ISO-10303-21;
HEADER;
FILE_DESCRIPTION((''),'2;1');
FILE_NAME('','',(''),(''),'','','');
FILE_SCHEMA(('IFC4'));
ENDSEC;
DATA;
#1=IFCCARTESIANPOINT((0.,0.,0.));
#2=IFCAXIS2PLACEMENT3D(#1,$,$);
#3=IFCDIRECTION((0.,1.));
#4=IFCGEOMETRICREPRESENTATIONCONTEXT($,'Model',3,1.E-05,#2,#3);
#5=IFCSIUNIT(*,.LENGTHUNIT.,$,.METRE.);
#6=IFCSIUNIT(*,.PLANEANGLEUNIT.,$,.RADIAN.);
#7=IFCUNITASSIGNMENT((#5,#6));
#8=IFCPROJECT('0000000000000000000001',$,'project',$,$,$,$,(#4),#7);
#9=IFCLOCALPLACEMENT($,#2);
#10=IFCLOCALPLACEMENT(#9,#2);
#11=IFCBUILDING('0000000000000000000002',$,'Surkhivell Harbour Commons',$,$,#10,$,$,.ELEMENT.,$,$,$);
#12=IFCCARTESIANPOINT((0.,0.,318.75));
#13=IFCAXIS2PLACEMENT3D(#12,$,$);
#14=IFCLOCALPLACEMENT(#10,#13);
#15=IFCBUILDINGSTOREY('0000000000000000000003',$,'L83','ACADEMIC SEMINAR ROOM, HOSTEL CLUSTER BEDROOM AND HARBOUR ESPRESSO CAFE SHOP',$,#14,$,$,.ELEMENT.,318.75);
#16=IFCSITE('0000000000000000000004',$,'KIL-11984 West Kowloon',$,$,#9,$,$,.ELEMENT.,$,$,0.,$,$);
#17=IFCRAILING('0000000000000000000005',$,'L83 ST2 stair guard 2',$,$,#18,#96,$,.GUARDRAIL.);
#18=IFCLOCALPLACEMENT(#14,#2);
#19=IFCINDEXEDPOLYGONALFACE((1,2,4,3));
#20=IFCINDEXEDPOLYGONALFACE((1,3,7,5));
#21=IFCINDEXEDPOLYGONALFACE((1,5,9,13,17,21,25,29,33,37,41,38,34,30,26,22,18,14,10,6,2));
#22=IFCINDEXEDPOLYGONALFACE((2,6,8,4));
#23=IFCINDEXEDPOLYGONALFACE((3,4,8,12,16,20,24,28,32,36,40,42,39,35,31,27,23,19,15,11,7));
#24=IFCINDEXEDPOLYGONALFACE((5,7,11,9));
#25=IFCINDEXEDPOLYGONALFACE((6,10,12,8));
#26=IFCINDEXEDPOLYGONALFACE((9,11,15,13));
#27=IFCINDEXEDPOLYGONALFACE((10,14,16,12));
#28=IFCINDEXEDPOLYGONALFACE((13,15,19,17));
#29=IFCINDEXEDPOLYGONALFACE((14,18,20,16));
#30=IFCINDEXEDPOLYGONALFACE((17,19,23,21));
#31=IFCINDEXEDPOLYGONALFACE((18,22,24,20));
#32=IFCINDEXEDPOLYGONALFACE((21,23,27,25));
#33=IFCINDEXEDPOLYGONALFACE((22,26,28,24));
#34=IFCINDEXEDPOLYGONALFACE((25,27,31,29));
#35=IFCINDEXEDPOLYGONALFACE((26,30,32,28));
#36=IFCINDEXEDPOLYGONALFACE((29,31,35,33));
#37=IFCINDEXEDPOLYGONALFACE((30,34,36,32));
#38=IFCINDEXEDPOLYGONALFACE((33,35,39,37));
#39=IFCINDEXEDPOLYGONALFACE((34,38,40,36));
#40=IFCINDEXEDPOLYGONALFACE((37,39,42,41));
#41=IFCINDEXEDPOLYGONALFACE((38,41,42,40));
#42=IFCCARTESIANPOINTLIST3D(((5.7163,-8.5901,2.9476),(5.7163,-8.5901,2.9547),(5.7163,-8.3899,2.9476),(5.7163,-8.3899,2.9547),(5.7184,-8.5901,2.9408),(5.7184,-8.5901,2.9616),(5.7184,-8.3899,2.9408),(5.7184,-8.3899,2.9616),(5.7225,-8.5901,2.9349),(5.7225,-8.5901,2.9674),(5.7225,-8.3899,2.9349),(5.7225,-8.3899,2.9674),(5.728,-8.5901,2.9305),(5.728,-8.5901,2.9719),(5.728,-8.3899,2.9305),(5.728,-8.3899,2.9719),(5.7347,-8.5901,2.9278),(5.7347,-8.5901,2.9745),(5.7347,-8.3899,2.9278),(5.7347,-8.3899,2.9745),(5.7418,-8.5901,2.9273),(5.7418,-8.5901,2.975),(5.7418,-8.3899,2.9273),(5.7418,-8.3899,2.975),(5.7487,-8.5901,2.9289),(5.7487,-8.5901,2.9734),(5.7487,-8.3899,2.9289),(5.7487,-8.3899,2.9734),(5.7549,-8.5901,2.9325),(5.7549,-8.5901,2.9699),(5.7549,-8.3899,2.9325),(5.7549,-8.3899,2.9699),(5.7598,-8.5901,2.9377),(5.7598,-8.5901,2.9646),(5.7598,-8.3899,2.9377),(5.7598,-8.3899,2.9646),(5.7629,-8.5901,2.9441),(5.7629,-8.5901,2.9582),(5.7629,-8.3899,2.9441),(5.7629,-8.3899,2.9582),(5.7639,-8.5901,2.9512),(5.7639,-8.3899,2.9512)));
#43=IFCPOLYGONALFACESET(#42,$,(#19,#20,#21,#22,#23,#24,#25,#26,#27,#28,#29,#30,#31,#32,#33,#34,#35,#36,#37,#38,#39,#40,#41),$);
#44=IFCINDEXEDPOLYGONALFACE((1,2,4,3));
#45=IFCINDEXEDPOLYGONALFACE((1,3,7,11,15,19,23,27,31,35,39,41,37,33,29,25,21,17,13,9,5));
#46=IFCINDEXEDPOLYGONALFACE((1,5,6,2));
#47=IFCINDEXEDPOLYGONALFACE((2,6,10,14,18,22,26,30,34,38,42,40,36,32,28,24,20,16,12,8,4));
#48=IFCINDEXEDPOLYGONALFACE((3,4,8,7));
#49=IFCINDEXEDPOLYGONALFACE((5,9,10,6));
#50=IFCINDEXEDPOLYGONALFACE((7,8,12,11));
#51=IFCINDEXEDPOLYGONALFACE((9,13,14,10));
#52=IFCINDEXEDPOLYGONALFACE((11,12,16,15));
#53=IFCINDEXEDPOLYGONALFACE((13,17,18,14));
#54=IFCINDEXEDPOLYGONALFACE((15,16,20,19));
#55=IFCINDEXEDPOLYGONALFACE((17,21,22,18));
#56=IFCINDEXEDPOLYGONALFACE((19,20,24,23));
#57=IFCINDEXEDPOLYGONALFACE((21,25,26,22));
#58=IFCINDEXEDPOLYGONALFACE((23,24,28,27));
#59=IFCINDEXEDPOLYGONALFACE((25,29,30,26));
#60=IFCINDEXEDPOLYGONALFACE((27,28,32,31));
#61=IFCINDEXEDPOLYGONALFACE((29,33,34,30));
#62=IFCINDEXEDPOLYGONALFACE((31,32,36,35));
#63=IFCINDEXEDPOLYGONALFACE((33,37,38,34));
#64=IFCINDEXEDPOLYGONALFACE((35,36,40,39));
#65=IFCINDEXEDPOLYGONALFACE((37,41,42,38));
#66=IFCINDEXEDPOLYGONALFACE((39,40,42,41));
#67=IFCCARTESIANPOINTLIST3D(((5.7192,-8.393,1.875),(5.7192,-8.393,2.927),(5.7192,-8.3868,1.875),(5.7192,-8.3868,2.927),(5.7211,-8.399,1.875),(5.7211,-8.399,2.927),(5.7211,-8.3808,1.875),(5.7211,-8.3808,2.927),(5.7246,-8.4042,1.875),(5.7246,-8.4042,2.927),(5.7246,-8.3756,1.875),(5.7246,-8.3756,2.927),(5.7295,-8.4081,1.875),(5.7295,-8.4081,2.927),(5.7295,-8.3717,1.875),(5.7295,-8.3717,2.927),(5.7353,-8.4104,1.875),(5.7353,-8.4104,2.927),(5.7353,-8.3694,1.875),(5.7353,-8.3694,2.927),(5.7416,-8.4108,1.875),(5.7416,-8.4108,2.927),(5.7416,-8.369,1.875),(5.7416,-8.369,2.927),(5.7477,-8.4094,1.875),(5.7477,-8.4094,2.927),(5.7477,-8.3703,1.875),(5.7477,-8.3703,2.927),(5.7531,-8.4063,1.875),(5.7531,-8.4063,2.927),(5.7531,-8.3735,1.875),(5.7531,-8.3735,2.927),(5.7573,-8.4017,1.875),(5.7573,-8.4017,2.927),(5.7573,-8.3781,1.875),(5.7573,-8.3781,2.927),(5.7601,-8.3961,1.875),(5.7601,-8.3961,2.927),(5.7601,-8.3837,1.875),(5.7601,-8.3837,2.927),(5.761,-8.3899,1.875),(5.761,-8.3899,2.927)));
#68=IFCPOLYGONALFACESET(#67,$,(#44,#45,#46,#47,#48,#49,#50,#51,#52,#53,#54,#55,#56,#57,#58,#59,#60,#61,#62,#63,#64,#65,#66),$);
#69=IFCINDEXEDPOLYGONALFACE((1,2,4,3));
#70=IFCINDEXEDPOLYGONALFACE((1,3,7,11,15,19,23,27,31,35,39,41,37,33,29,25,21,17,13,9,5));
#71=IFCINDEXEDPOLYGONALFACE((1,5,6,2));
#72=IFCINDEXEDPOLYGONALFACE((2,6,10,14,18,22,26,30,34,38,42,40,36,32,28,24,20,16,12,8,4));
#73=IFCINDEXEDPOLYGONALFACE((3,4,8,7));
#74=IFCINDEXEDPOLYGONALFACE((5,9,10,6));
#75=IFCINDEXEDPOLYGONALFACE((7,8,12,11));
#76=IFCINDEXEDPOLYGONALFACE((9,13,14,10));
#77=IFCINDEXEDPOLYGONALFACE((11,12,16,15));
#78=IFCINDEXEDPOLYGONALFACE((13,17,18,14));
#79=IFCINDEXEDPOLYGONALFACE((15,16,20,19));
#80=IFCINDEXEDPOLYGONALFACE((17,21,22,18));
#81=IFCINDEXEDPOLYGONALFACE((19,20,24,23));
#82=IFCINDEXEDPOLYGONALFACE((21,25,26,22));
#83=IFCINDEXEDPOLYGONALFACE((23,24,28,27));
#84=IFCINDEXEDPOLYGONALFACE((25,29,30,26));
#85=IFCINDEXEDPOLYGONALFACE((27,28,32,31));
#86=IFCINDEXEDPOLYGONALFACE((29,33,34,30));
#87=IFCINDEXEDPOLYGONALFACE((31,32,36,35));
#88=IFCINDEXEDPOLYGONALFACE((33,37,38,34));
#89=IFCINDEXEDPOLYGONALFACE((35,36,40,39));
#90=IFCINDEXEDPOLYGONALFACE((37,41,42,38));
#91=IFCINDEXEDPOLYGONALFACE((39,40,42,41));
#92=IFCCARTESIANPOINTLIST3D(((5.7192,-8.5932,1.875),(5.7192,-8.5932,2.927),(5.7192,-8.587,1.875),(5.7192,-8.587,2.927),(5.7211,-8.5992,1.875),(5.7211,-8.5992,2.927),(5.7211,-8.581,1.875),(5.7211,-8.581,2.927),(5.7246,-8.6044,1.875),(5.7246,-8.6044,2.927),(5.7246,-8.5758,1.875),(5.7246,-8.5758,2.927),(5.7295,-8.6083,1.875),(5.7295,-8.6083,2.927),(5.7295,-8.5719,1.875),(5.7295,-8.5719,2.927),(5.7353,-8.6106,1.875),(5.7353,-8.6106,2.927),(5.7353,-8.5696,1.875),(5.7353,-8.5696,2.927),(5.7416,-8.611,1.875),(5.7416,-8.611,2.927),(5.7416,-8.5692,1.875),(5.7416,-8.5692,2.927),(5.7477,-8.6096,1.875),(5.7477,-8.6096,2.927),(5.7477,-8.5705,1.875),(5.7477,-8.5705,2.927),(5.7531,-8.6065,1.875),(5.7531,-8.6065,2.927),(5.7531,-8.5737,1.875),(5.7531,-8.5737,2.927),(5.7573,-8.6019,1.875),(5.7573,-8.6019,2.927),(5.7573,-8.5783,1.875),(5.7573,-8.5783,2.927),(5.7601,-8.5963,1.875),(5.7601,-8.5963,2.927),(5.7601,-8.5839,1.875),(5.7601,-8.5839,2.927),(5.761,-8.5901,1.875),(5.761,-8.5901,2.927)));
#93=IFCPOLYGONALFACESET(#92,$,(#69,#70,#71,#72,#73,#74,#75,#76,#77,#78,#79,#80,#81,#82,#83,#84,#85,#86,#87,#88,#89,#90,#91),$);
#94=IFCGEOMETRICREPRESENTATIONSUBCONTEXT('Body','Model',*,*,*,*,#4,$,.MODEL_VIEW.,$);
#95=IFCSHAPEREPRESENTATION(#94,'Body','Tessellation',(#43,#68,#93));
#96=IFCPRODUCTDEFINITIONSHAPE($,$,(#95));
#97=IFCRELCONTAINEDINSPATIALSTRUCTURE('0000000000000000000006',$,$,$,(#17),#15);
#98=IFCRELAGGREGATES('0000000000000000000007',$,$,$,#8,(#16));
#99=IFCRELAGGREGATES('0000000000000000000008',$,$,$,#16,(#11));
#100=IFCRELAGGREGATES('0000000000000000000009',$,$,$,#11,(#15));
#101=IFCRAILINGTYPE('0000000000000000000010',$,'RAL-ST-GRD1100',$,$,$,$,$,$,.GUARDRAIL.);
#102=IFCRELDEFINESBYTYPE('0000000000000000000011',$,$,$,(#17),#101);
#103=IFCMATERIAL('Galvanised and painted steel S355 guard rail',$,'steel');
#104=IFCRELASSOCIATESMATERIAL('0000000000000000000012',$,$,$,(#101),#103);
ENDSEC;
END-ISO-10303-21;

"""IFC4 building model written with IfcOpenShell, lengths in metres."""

from ifc_helpers import new_model, si_unit, direction, frame, origin, origin_2d, place, context, subcontext, project, spatial, circle, extrude, material, type_object, element, save


model = new_model("IFC4")

# Units and contexts
model_context = context("Model", 3, precision=1e-05, world=origin(), true_north=direction((0.0, 1.0)))
body_context = subcontext(model_context, "Body", "Model", "MODEL_VIEW")
ifc_project = project(units=[si_unit("LENGTHUNIT", "METRE"), si_unit("PLANEANGLEUNIT", "RADIAN")], contexts=[model_context])

# Site, building, storey
site_placement = place(None, origin())
site = spatial("IfcSite", under=ifc_project, at=site_placement, Name="KIL-11984 West Kowloon", CompositionType="ELEMENT", RefElevation=0.0)
building_placement = place(site_placement, origin())
building = spatial("IfcBuilding", under=site, at=building_placement, Name="Surkhivell Harbour Commons", CompositionType="ELEMENT")
storey_placement = place(building_placement, frame((0.0, 0.0, 318.75)))
storey = spatial("IfcBuildingStorey", under=building, at=storey_placement, Name="L83", Description="ACADEMIC SEMINAR ROOM, HOSTEL CLUSTER BEDROOM AND HARBOUR ESPRESSO CAFE SHOP", CompositionType="ELEMENT", Elevation=318.75)

# Railing
ifc_material_1 = material(Name="Galvanised and painted steel S355 guard rail", Category="steel")
railing_type_1 = type_object("IfcRailingType", Name="RAL-ST-GRD1100", PredefinedType="GUARDRAIL", material=ifc_material_1)
railing_1_placement = place(storey_placement, frame((5.74, -8.3899, 1.875)))
element("IfcRailing", 1, at=railing_1_placement, inside=storey, type_object=railing_type_1, Name="L83 ST2 stair guard 2", PredefinedType="GUARDRAIL", context=body_context, shape_type="SweptSolid", body=[
    extrude(circle(Radius=0.0239, at=origin_2d()), frame((0.0, 0.0, 1.0762), z_axis=(0.0, -1.0, 0.0), x_axis=(1.0, 0.0, 0.0)), (0.0, 0.0, 1.0), 0.2002),
    extrude(circle(Radius=0.021, at=origin_2d()), origin(), (0.0, 0.0, 1.0), 1.052),
    extrude(circle(Radius=0.021, at=origin_2d()), frame((0.0, -0.2002, 0.0)), (0.0, 0.0, 1.0), 1.052),
])

save(model, "model.ifc")
